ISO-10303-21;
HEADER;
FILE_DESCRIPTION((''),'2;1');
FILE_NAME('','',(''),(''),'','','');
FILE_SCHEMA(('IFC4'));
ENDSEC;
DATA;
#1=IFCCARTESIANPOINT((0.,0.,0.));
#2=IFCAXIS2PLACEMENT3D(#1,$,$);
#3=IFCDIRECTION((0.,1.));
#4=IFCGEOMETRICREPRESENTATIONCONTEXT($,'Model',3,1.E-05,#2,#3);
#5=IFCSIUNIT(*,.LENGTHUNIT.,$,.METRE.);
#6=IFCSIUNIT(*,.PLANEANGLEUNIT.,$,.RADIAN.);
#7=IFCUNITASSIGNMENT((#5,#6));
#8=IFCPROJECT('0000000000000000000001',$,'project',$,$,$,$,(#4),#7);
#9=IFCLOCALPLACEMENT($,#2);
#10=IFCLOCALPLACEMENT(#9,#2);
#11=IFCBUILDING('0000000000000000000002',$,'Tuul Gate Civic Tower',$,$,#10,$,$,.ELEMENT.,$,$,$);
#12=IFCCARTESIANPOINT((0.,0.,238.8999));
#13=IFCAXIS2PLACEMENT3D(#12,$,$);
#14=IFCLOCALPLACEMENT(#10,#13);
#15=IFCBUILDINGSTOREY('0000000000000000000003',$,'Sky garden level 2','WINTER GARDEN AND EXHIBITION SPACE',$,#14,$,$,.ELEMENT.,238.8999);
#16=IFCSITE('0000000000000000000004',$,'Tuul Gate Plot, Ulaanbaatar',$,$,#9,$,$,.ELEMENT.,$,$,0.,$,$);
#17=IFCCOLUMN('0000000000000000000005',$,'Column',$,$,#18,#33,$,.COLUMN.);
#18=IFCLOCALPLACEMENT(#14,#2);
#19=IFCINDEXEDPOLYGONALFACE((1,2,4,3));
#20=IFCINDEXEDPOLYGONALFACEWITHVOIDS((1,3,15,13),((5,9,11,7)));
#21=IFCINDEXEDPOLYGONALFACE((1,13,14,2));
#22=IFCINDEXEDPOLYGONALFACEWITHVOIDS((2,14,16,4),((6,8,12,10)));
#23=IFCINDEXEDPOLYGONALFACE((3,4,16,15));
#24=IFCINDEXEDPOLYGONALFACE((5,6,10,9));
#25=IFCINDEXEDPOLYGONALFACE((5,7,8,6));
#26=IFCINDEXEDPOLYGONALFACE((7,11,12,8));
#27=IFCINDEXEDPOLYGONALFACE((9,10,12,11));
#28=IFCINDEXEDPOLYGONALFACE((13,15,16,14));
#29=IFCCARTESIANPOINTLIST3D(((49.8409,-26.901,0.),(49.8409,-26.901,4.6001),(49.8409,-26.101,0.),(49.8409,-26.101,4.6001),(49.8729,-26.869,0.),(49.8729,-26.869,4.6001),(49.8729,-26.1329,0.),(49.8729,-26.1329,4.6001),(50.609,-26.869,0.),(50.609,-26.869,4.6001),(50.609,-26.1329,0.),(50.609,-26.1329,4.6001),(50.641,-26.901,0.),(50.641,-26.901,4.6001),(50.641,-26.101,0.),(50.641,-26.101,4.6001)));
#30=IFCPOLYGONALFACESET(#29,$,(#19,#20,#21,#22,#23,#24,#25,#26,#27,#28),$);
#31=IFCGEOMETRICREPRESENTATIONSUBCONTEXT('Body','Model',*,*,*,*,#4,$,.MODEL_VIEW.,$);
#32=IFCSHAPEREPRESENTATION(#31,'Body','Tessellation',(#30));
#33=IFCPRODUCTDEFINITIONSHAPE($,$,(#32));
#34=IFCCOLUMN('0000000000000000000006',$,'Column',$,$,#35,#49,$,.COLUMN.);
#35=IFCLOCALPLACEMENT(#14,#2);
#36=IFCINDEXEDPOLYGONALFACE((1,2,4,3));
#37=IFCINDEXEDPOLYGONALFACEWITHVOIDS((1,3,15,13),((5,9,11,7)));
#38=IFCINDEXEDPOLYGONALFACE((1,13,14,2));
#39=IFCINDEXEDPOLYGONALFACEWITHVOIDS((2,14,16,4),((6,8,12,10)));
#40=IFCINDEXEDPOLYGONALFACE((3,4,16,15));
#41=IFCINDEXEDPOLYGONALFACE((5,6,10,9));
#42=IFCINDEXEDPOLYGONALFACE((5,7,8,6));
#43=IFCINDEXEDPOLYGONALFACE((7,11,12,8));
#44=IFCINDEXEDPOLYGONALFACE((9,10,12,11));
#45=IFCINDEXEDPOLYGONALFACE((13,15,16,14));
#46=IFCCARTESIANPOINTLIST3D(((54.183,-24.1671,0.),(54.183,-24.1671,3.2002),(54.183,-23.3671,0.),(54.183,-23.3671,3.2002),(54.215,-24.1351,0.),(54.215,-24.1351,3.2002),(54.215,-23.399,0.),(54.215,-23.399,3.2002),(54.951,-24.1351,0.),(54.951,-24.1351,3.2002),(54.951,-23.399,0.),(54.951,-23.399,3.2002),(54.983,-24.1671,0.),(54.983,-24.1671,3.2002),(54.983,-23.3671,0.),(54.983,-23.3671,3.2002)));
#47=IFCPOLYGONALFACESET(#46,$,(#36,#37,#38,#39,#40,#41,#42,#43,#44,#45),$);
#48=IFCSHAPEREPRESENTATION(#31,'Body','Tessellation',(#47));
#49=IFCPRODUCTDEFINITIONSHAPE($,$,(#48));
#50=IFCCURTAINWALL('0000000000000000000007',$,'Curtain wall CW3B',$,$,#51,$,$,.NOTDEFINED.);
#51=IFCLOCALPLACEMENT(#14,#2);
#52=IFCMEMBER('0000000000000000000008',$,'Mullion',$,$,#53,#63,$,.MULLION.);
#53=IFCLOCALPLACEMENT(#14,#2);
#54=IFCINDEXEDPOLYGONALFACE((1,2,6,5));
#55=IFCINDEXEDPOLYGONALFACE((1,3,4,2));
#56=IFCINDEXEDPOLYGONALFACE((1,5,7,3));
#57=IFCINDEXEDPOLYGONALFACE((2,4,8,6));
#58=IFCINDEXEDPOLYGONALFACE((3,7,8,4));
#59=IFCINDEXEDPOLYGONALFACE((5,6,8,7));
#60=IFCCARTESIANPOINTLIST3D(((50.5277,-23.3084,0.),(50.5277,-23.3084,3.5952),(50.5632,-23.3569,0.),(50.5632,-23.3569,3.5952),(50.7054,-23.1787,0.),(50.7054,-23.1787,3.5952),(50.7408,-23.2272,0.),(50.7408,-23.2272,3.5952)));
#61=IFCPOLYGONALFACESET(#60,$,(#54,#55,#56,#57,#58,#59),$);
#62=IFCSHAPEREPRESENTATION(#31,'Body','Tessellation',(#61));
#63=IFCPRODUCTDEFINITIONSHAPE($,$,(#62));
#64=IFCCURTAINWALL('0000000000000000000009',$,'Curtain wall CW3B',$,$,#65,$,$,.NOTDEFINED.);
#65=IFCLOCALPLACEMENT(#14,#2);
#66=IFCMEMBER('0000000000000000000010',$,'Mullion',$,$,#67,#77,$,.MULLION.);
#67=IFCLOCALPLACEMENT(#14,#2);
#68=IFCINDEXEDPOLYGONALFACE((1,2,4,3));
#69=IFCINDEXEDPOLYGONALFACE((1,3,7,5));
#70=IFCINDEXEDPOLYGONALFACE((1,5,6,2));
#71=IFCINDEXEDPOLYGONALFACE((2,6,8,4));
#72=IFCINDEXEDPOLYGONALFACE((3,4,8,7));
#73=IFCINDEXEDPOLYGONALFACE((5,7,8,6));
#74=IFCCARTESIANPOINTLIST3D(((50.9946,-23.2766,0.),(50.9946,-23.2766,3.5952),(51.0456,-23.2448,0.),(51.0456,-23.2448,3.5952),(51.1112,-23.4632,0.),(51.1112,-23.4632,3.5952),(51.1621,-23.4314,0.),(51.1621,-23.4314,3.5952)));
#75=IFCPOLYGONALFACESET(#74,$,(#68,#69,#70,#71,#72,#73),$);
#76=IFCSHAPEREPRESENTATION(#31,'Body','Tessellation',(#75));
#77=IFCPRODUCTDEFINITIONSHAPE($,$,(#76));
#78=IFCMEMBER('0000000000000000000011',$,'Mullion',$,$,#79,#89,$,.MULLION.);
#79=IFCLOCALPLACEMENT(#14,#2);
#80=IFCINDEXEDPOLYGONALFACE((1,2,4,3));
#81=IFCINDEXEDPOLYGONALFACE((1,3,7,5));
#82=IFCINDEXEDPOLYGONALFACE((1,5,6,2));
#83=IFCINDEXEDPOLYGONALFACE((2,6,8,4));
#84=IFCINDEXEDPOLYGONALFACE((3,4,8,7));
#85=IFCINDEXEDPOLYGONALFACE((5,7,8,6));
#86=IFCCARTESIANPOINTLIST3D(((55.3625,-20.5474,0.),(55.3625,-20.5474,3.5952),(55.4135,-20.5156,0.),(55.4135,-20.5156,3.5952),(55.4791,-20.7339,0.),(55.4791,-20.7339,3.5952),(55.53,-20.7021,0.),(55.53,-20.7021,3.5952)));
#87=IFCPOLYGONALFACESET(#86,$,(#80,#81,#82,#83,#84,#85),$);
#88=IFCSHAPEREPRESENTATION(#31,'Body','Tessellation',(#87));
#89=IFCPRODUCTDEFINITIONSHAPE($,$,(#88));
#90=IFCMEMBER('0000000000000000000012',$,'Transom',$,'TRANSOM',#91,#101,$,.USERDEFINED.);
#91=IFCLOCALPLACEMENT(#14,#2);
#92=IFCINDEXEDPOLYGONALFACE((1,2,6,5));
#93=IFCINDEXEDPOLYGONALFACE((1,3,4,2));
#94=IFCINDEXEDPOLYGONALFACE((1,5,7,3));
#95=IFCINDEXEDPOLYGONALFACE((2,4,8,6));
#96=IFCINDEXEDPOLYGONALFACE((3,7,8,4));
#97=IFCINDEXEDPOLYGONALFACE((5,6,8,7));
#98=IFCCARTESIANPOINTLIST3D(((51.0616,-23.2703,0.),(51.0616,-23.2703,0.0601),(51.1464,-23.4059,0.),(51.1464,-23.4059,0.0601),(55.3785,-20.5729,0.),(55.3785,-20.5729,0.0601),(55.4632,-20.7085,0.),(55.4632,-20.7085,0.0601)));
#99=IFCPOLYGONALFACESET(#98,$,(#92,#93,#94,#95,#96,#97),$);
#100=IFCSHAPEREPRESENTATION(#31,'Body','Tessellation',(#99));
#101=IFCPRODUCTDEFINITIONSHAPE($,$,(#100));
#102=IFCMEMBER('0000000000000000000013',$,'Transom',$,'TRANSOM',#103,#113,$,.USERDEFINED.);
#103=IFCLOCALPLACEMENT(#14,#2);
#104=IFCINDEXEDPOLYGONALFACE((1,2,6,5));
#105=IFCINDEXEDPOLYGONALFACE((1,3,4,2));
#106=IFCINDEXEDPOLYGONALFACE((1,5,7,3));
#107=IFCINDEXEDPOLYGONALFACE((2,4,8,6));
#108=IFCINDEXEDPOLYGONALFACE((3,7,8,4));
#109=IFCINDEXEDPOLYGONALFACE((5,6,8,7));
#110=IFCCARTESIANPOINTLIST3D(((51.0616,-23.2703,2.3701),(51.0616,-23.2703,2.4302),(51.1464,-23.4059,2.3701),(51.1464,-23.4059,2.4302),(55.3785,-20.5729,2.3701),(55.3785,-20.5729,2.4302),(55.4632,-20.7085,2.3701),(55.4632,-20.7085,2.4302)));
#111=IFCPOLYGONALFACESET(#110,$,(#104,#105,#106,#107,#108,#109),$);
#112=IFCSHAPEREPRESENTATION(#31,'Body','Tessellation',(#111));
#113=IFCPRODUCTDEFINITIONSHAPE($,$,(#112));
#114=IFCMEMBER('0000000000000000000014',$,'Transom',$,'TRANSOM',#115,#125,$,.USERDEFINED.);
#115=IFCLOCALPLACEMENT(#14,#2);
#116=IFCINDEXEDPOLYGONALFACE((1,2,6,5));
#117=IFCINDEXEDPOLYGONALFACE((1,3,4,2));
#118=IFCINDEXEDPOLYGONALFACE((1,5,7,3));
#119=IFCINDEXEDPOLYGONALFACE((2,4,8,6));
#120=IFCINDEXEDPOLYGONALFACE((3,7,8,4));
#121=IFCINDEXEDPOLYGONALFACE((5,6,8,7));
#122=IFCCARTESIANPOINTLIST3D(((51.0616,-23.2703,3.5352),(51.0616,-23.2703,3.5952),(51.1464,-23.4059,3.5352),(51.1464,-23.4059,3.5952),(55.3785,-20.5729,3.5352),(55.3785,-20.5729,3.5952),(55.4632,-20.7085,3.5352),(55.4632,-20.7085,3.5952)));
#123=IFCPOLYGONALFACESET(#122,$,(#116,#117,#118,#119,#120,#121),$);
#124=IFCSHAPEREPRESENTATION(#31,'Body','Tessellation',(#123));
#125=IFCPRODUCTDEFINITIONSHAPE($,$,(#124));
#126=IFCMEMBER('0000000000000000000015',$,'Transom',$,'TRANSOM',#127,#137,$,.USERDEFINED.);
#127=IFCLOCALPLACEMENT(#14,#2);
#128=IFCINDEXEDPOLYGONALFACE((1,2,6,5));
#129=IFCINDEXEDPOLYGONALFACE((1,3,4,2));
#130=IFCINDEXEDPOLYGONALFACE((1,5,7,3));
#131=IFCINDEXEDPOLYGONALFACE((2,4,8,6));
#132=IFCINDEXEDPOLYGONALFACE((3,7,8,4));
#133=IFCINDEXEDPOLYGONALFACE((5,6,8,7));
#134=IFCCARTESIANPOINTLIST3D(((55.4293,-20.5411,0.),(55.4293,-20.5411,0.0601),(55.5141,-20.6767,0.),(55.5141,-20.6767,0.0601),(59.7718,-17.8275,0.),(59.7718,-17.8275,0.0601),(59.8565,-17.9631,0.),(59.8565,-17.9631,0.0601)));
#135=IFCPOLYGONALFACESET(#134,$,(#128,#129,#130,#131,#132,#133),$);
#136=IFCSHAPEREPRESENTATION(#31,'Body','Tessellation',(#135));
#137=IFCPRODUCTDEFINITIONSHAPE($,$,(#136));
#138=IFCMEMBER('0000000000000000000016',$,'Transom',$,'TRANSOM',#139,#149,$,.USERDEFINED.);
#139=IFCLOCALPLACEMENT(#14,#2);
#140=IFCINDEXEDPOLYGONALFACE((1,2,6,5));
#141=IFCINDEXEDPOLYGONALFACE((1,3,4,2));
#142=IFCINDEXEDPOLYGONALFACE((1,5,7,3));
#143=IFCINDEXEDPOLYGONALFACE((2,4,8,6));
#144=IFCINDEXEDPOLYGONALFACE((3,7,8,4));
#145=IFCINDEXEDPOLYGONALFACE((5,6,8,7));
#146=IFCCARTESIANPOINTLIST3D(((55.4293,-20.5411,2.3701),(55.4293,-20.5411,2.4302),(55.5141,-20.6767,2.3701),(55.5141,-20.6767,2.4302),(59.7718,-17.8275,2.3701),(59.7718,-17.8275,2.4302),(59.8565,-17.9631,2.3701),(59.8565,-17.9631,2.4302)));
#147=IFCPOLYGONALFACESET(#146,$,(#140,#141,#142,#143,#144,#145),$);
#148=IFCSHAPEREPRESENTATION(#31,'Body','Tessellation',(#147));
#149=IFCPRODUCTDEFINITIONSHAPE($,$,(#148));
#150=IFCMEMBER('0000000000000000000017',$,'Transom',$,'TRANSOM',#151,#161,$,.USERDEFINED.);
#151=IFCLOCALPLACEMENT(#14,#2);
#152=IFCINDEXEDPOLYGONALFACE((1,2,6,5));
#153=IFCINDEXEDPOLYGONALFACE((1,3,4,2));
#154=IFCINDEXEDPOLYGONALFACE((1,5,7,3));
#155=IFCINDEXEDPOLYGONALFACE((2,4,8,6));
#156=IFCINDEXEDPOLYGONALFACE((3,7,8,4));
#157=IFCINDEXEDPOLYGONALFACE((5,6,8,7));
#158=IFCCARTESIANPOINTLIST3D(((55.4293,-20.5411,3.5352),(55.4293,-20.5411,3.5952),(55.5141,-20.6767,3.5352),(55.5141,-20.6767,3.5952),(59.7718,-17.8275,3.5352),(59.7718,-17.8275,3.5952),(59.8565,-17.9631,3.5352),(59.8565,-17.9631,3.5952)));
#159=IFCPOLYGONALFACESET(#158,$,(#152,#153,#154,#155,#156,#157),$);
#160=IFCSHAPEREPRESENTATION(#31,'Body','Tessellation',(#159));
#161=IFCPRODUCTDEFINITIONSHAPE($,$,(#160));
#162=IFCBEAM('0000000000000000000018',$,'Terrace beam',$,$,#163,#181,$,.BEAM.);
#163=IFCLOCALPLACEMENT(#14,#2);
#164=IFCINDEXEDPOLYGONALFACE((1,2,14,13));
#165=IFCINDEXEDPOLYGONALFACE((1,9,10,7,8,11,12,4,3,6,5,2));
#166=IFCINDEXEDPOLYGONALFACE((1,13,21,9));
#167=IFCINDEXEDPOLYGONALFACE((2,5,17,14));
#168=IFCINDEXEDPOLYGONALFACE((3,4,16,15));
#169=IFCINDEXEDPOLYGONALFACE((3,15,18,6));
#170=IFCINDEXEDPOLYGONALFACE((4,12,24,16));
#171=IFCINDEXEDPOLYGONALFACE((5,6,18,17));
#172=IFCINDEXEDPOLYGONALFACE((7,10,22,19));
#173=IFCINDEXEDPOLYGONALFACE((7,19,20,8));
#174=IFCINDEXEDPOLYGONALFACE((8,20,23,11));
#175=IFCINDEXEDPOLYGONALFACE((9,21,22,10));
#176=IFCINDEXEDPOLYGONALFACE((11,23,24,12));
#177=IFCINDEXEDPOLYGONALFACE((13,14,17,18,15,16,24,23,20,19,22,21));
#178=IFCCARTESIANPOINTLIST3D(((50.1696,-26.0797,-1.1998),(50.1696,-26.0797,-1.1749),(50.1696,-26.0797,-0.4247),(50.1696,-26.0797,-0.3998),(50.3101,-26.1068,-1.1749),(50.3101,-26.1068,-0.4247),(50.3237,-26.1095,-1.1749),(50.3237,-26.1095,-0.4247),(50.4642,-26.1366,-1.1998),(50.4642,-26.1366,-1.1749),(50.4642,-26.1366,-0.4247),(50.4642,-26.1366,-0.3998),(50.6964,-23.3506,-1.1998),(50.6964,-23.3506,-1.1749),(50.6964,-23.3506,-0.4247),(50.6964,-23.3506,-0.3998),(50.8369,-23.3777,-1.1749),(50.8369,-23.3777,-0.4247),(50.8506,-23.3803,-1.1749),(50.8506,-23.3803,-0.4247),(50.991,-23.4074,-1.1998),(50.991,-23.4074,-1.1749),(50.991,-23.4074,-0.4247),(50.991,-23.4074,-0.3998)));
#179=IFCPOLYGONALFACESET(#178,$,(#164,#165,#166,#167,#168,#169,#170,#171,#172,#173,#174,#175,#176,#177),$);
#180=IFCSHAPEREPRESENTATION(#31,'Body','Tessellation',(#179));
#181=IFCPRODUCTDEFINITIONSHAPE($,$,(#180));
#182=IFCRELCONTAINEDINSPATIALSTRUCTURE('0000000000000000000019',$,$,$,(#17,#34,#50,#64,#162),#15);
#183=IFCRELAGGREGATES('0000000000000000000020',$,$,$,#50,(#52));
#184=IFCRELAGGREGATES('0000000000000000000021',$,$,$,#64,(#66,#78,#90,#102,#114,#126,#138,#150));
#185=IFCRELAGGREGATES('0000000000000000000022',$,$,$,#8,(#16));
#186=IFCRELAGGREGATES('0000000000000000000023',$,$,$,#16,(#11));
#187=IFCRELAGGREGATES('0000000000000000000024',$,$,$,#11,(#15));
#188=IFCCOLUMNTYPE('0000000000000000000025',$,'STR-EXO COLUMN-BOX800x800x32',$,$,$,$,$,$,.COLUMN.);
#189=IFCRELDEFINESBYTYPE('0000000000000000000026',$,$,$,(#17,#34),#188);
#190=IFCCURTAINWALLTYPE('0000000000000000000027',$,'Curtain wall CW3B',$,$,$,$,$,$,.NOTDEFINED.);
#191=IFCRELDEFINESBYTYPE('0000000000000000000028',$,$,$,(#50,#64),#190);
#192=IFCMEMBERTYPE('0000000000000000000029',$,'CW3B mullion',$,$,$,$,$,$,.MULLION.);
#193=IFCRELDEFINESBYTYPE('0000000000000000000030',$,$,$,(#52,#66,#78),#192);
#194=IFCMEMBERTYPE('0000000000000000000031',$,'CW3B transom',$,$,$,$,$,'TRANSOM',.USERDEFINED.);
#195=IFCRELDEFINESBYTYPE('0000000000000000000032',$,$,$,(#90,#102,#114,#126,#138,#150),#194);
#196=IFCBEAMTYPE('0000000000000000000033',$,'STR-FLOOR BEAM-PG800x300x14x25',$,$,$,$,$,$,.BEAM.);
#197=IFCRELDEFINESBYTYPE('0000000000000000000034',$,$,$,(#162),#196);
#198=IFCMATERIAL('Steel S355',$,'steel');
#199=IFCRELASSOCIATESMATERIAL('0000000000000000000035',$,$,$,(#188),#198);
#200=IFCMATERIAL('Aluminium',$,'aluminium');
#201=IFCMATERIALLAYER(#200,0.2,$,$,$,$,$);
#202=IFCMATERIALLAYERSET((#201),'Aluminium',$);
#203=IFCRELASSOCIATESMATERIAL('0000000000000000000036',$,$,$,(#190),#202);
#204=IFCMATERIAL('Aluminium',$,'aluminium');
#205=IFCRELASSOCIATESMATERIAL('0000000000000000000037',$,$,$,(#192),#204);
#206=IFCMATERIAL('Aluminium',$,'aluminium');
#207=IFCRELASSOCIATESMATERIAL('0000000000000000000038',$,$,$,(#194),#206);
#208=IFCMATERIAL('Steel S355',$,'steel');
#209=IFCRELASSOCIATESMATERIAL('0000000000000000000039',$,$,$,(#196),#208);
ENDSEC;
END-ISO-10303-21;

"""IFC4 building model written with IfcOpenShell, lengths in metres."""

from ifc_helpers import new_model, si_unit, direction, frame, origin, origin_2d, place, context, subcontext, project, spatial, rectangle, hollow_rectangle, i_section, extrude, material, layer, layer_set, material_profile, profile_set, type_object, element, aggregate, save


model = new_model("IFC4")

# Units and contexts
model_context = context("Model", 3, precision=1e-05, world=origin(), true_north=direction((0.0, 1.0)))
body_context = subcontext(model_context, "Body", "Model", "MODEL_VIEW")
ifc_project = project(units=[si_unit("LENGTHUNIT", "METRE"), si_unit("PLANEANGLEUNIT", "RADIAN")], contexts=[model_context])

# Site, building, storey
site_placement = place(None, origin())
site = spatial("IfcSite", under=ifc_project, at=site_placement, Name="Tuul Gate Plot, Ulaanbaatar", CompositionType="ELEMENT", RefElevation=0.0)
building_placement = place(site_placement, origin())
building = spatial("IfcBuilding", under=site, at=building_placement, Name="Tuul Gate Civic Tower", CompositionType="ELEMENT")
storey_placement = place(building_placement, frame((0.0, 0.0, 238.8999)))
storey = spatial("IfcBuildingStorey", under=building, at=storey_placement, Name="Sky garden level 2", Description="WINTER GARDEN AND EXHIBITION SPACE", CompositionType="ELEMENT", Elevation=238.8999)

# Columns
ifc_material_1 = material(Name="Steel S355", Category="steel")
ifc_material_profile_1 = material_profile(ifc_material_1, hollow_rectangle(XDim=0.8, YDim=0.8, WallThickness=0.032, at=origin_2d()), Name="BOX800x800x32")
ifc_profile_set_1 = profile_set([ifc_material_profile_1], Name="Steel S355")
column_type = type_object("IfcColumnType", Name="STR-EXO COLUMN-BOX800x800x32", PredefinedType="COLUMN", material=ifc_profile_set_1)
column_1_placement = place(storey_placement, frame((50.241, -26.501, 0.0), z_axis=(0.0, 0.0, 1.0), x_axis=(1.0, 0.0, 0.0)))
element("IfcColumn", 1, at=column_1_placement, inside=storey, type_object=column_type, Name="Column", PredefinedType="COLUMN", context=body_context, shape_type="SweptSolid", body=[
    extrude(hollow_rectangle(XDim=0.8, YDim=0.8, WallThickness=0.032, at=origin_2d()), origin(), (0.0, 0.0, 1.0), 4.6001),
])
column_2_placement = place(storey_placement, frame((54.583, -23.7671, 0.0), z_axis=(0.0, 0.0, 1.0), x_axis=(1.0, 0.0, 0.0)))
element("IfcColumn", 2, at=column_2_placement, inside=storey, type_object=column_type, Name="Column", PredefinedType="COLUMN", context=body_context, shape_type="SweptSolid", body=[
    extrude(hollow_rectangle(XDim=0.8, YDim=0.8, WallThickness=0.032, at=origin_2d()), origin(), (0.0, 0.0, 1.0), 3.2002),
])

# Curtain wall, member
ifc_material_2 = material(Name="Aluminium", Category="aluminium")
ifc_layer_1 = layer(ifc_material_2, 0.2)
ifc_layer_set_1 = layer_set([ifc_layer_1], Name="Aluminium")
curtain_wall_type = type_object("IfcCurtainWallType", Name="Curtain wall CW3B", PredefinedType="NOTDEFINED", material=ifc_layer_set_1)
curtain_wall_1_placement = place(storey_placement, origin())
curtain_wall_1 = element("IfcCurtainWall", 3, at=curtain_wall_1_placement, inside=storey, type_object=curtain_wall_type, Name="Curtain wall CW3B", PredefinedType="NOTDEFINED")
ifc_material_3 = material(Name="Aluminium", Category="aluminium")
ifc_material_profile_2 = material_profile(ifc_material_3, rectangle(XDim=0.22, YDim=0.0601, at=origin_2d()), Name="CW3B mullion")
ifc_profile_set_2 = profile_set([ifc_material_profile_2], Name="Aluminium")
member_type_1 = type_object("IfcMemberType", Name="CW3B mullion", PredefinedType="MULLION", material=ifc_profile_set_2)
member_1_placement = place(storey_placement, frame((50.6343, -23.2678, 0.0), z_axis=(0.0, 0.0, 1.0), x_axis=(0.807567, 0.589776, 0.0)))
member_1 = element("IfcMember", 4, at=member_1_placement, type_object=member_type_1, Name="Mullion", PredefinedType="MULLION", context=body_context, shape_type="SweptSolid", body=[
    extrude(rectangle(XDim=0.22, YDim=0.0601, at=origin_2d()), origin(), (0.0, 0.0, 1.0), 3.5952),
])
aggregate(curtain_wall_1, [member_1])

# Curtain wall, members
curtain_wall_2_placement = place(storey_placement, origin())
curtain_wall_2 = element("IfcCurtainWall", 5, at=curtain_wall_2_placement, inside=storey, type_object=curtain_wall_type, Name="Curtain wall CW3B", PredefinedType="NOTDEFINED")
member_2_placement = place(storey_placement, frame((51.0784, -23.354, 0.0), z_axis=(0.0, 0.0, 1.0), x_axis=(-0.52993, 0.848042, 0.0)))
member_2 = element("IfcMember", 6, at=member_2_placement, type_object=member_type_1, Name="Mullion", PredefinedType="MULLION", context=body_context, shape_type="SweptSolid", body=[
    extrude(rectangle(XDim=0.22, YDim=0.0601, at=origin_2d()), origin(), (0.0, 0.0, 1.0), 3.5952),
])
member_3_placement = place(storey_placement, frame((55.4463, -20.6248, 0.0), z_axis=(0.0, 0.0, 1.0), x_axis=(-0.52993, 0.848042, 0.0)))
member_3 = element("IfcMember", 7, at=member_3_placement, type_object=member_type_1, Name="Mullion", PredefinedType="MULLION", context=body_context, shape_type="SweptSolid", body=[
    extrude(rectangle(XDim=0.22, YDim=0.0601, at=origin_2d()), origin(), (0.0, 0.0, 1.0), 3.5952),
])
ifc_material_4 = material(Name="Aluminium", Category="aluminium")
ifc_material_profile_3 = material_profile(ifc_material_4, rectangle(XDim=0.1599, YDim=0.0601, at=origin_2d()), Name="CW3B transom")
ifc_profile_set_3 = profile_set([ifc_material_profile_3], Name="Aluminium")
member_type_2 = type_object("IfcMemberType", Name="CW3B transom", ElementType="TRANSOM", PredefinedType="USERDEFINED", material=ifc_profile_set_3)
member_4_placement = place(storey_placement, frame((51.104, -23.3381, 0.03), z_axis=(0.848047, 0.529921, 0.0), x_axis=(-0.529921, 0.848047, 0.0)))
member_4 = element("IfcMember", 8, at=member_4_placement, type_object=member_type_2, Name="Transom", ObjectType="TRANSOM", PredefinedType="USERDEFINED", context=body_context, shape_type="SweptSolid", body=[
    extrude(rectangle(XDim=0.1599, YDim=0.0601, at=origin_2d()), origin(), (0.0, 0.0, 1.0), 5.0903),
])
member_5_placement = place(storey_placement, frame((51.104, -23.3381, 2.4001), z_axis=(0.848047, 0.529921, 0.0), x_axis=(-0.529921, 0.848047, 0.0)))
member_5 = element("IfcMember", 9, at=member_5_placement, type_object=member_type_2, Name="Transom", ObjectType="TRANSOM", PredefinedType="USERDEFINED", context=body_context, shape_type="SweptSolid", body=[
    extrude(rectangle(XDim=0.1599, YDim=0.0601, at=origin_2d()), origin(), (0.0, 0.0, 1.0), 5.0903),
])
member_6_placement = place(storey_placement, frame((51.104, -23.3381, 3.5652), z_axis=(0.848047, 0.529921, 0.0), x_axis=(-0.529921, 0.848047, 0.0)))
member_6 = element("IfcMember", 10, at=member_6_placement, type_object=member_type_2, Name="Transom", ObjectType="TRANSOM", PredefinedType="USERDEFINED", context=body_context, shape_type="SweptSolid", body=[
    extrude(rectangle(XDim=0.1599, YDim=0.0601, at=origin_2d()), origin(), (0.0, 0.0, 1.0), 5.0903),
])
member_7_placement = place(storey_placement, frame((55.4717, -20.6089, 0.03), z_axis=(0.848038, 0.529935, 0.0), x_axis=(-0.529935, 0.848038, 0.0)))
member_7 = element("IfcMember", 11, at=member_7_placement, type_object=member_type_2, Name="Transom", ObjectType="TRANSOM", PredefinedType="USERDEFINED", context=body_context, shape_type="SweptSolid", body=[
    extrude(rectangle(XDim=0.1599, YDim=0.0601, at=origin_2d()), origin(), (0.0, 0.0, 1.0), 5.1206),
])
member_8_placement = place(storey_placement, frame((55.4717, -20.6089, 2.4001), z_axis=(0.848038, 0.529935, 0.0), x_axis=(-0.529935, 0.848038, 0.0)))
member_8 = element("IfcMember", 12, at=member_8_placement, type_object=member_type_2, Name="Transom", ObjectType="TRANSOM", PredefinedType="USERDEFINED", context=body_context, shape_type="SweptSolid", body=[
    extrude(rectangle(XDim=0.1599, YDim=0.0601, at=origin_2d()), origin(), (0.0, 0.0, 1.0), 5.1206),
])
member_9_placement = place(storey_placement, frame((55.4717, -20.6089, 3.5652), z_axis=(0.848038, 0.529935, 0.0), x_axis=(-0.529935, 0.848038, 0.0)))
member_9 = element("IfcMember", 13, at=member_9_placement, type_object=member_type_2, Name="Transom", ObjectType="TRANSOM", PredefinedType="USERDEFINED", context=body_context, shape_type="SweptSolid", body=[
    extrude(rectangle(XDim=0.1599, YDim=0.0601, at=origin_2d()), origin(), (0.0, 0.0, 1.0), 5.1206),
])

# Beam
ifc_material_5 = material(Name="Steel S355", Category="steel")
ifc_material_profile_4 = material_profile(ifc_material_5, i_section(OverallWidth=0.3, OverallDepth=0.8, WebThickness=0.0139, FlangeThickness=0.0249, at=origin_2d()), Name="PG800x300x14x25")
ifc_profile_set_4 = profile_set([ifc_material_profile_4], Name="Steel S355")
beam_type_1 = type_object("IfcBeamType", Name="STR-FLOOR BEAM-PG800x300x14x25", PredefinedType="BEAM", material=ifc_profile_set_4)
beam_1_placement = place(storey_placement, frame((50.3169, -26.1082, -0.7998), z_axis=(0.189541, 0.981873, 0.0), x_axis=(-0.981873, 0.189541, 0.0)))
element("IfcBeam", 14, at=beam_1_placement, inside=storey, type_object=beam_type_1, Name="Terrace beam", PredefinedType="BEAM", context=body_context, shape_type="SweptSolid", body=[
    extrude(i_section(OverallWidth=0.3, OverallDepth=0.8, WebThickness=0.0139, FlangeThickness=0.0249, at=origin_2d()), origin(), (0.0, 0.0, 1.0), 2.7795),
])

aggregate(curtain_wall_2, [member_2, member_3, member_4, member_5, member_6, member_7, member_8, member_9])

save(model, "model.ifc")
